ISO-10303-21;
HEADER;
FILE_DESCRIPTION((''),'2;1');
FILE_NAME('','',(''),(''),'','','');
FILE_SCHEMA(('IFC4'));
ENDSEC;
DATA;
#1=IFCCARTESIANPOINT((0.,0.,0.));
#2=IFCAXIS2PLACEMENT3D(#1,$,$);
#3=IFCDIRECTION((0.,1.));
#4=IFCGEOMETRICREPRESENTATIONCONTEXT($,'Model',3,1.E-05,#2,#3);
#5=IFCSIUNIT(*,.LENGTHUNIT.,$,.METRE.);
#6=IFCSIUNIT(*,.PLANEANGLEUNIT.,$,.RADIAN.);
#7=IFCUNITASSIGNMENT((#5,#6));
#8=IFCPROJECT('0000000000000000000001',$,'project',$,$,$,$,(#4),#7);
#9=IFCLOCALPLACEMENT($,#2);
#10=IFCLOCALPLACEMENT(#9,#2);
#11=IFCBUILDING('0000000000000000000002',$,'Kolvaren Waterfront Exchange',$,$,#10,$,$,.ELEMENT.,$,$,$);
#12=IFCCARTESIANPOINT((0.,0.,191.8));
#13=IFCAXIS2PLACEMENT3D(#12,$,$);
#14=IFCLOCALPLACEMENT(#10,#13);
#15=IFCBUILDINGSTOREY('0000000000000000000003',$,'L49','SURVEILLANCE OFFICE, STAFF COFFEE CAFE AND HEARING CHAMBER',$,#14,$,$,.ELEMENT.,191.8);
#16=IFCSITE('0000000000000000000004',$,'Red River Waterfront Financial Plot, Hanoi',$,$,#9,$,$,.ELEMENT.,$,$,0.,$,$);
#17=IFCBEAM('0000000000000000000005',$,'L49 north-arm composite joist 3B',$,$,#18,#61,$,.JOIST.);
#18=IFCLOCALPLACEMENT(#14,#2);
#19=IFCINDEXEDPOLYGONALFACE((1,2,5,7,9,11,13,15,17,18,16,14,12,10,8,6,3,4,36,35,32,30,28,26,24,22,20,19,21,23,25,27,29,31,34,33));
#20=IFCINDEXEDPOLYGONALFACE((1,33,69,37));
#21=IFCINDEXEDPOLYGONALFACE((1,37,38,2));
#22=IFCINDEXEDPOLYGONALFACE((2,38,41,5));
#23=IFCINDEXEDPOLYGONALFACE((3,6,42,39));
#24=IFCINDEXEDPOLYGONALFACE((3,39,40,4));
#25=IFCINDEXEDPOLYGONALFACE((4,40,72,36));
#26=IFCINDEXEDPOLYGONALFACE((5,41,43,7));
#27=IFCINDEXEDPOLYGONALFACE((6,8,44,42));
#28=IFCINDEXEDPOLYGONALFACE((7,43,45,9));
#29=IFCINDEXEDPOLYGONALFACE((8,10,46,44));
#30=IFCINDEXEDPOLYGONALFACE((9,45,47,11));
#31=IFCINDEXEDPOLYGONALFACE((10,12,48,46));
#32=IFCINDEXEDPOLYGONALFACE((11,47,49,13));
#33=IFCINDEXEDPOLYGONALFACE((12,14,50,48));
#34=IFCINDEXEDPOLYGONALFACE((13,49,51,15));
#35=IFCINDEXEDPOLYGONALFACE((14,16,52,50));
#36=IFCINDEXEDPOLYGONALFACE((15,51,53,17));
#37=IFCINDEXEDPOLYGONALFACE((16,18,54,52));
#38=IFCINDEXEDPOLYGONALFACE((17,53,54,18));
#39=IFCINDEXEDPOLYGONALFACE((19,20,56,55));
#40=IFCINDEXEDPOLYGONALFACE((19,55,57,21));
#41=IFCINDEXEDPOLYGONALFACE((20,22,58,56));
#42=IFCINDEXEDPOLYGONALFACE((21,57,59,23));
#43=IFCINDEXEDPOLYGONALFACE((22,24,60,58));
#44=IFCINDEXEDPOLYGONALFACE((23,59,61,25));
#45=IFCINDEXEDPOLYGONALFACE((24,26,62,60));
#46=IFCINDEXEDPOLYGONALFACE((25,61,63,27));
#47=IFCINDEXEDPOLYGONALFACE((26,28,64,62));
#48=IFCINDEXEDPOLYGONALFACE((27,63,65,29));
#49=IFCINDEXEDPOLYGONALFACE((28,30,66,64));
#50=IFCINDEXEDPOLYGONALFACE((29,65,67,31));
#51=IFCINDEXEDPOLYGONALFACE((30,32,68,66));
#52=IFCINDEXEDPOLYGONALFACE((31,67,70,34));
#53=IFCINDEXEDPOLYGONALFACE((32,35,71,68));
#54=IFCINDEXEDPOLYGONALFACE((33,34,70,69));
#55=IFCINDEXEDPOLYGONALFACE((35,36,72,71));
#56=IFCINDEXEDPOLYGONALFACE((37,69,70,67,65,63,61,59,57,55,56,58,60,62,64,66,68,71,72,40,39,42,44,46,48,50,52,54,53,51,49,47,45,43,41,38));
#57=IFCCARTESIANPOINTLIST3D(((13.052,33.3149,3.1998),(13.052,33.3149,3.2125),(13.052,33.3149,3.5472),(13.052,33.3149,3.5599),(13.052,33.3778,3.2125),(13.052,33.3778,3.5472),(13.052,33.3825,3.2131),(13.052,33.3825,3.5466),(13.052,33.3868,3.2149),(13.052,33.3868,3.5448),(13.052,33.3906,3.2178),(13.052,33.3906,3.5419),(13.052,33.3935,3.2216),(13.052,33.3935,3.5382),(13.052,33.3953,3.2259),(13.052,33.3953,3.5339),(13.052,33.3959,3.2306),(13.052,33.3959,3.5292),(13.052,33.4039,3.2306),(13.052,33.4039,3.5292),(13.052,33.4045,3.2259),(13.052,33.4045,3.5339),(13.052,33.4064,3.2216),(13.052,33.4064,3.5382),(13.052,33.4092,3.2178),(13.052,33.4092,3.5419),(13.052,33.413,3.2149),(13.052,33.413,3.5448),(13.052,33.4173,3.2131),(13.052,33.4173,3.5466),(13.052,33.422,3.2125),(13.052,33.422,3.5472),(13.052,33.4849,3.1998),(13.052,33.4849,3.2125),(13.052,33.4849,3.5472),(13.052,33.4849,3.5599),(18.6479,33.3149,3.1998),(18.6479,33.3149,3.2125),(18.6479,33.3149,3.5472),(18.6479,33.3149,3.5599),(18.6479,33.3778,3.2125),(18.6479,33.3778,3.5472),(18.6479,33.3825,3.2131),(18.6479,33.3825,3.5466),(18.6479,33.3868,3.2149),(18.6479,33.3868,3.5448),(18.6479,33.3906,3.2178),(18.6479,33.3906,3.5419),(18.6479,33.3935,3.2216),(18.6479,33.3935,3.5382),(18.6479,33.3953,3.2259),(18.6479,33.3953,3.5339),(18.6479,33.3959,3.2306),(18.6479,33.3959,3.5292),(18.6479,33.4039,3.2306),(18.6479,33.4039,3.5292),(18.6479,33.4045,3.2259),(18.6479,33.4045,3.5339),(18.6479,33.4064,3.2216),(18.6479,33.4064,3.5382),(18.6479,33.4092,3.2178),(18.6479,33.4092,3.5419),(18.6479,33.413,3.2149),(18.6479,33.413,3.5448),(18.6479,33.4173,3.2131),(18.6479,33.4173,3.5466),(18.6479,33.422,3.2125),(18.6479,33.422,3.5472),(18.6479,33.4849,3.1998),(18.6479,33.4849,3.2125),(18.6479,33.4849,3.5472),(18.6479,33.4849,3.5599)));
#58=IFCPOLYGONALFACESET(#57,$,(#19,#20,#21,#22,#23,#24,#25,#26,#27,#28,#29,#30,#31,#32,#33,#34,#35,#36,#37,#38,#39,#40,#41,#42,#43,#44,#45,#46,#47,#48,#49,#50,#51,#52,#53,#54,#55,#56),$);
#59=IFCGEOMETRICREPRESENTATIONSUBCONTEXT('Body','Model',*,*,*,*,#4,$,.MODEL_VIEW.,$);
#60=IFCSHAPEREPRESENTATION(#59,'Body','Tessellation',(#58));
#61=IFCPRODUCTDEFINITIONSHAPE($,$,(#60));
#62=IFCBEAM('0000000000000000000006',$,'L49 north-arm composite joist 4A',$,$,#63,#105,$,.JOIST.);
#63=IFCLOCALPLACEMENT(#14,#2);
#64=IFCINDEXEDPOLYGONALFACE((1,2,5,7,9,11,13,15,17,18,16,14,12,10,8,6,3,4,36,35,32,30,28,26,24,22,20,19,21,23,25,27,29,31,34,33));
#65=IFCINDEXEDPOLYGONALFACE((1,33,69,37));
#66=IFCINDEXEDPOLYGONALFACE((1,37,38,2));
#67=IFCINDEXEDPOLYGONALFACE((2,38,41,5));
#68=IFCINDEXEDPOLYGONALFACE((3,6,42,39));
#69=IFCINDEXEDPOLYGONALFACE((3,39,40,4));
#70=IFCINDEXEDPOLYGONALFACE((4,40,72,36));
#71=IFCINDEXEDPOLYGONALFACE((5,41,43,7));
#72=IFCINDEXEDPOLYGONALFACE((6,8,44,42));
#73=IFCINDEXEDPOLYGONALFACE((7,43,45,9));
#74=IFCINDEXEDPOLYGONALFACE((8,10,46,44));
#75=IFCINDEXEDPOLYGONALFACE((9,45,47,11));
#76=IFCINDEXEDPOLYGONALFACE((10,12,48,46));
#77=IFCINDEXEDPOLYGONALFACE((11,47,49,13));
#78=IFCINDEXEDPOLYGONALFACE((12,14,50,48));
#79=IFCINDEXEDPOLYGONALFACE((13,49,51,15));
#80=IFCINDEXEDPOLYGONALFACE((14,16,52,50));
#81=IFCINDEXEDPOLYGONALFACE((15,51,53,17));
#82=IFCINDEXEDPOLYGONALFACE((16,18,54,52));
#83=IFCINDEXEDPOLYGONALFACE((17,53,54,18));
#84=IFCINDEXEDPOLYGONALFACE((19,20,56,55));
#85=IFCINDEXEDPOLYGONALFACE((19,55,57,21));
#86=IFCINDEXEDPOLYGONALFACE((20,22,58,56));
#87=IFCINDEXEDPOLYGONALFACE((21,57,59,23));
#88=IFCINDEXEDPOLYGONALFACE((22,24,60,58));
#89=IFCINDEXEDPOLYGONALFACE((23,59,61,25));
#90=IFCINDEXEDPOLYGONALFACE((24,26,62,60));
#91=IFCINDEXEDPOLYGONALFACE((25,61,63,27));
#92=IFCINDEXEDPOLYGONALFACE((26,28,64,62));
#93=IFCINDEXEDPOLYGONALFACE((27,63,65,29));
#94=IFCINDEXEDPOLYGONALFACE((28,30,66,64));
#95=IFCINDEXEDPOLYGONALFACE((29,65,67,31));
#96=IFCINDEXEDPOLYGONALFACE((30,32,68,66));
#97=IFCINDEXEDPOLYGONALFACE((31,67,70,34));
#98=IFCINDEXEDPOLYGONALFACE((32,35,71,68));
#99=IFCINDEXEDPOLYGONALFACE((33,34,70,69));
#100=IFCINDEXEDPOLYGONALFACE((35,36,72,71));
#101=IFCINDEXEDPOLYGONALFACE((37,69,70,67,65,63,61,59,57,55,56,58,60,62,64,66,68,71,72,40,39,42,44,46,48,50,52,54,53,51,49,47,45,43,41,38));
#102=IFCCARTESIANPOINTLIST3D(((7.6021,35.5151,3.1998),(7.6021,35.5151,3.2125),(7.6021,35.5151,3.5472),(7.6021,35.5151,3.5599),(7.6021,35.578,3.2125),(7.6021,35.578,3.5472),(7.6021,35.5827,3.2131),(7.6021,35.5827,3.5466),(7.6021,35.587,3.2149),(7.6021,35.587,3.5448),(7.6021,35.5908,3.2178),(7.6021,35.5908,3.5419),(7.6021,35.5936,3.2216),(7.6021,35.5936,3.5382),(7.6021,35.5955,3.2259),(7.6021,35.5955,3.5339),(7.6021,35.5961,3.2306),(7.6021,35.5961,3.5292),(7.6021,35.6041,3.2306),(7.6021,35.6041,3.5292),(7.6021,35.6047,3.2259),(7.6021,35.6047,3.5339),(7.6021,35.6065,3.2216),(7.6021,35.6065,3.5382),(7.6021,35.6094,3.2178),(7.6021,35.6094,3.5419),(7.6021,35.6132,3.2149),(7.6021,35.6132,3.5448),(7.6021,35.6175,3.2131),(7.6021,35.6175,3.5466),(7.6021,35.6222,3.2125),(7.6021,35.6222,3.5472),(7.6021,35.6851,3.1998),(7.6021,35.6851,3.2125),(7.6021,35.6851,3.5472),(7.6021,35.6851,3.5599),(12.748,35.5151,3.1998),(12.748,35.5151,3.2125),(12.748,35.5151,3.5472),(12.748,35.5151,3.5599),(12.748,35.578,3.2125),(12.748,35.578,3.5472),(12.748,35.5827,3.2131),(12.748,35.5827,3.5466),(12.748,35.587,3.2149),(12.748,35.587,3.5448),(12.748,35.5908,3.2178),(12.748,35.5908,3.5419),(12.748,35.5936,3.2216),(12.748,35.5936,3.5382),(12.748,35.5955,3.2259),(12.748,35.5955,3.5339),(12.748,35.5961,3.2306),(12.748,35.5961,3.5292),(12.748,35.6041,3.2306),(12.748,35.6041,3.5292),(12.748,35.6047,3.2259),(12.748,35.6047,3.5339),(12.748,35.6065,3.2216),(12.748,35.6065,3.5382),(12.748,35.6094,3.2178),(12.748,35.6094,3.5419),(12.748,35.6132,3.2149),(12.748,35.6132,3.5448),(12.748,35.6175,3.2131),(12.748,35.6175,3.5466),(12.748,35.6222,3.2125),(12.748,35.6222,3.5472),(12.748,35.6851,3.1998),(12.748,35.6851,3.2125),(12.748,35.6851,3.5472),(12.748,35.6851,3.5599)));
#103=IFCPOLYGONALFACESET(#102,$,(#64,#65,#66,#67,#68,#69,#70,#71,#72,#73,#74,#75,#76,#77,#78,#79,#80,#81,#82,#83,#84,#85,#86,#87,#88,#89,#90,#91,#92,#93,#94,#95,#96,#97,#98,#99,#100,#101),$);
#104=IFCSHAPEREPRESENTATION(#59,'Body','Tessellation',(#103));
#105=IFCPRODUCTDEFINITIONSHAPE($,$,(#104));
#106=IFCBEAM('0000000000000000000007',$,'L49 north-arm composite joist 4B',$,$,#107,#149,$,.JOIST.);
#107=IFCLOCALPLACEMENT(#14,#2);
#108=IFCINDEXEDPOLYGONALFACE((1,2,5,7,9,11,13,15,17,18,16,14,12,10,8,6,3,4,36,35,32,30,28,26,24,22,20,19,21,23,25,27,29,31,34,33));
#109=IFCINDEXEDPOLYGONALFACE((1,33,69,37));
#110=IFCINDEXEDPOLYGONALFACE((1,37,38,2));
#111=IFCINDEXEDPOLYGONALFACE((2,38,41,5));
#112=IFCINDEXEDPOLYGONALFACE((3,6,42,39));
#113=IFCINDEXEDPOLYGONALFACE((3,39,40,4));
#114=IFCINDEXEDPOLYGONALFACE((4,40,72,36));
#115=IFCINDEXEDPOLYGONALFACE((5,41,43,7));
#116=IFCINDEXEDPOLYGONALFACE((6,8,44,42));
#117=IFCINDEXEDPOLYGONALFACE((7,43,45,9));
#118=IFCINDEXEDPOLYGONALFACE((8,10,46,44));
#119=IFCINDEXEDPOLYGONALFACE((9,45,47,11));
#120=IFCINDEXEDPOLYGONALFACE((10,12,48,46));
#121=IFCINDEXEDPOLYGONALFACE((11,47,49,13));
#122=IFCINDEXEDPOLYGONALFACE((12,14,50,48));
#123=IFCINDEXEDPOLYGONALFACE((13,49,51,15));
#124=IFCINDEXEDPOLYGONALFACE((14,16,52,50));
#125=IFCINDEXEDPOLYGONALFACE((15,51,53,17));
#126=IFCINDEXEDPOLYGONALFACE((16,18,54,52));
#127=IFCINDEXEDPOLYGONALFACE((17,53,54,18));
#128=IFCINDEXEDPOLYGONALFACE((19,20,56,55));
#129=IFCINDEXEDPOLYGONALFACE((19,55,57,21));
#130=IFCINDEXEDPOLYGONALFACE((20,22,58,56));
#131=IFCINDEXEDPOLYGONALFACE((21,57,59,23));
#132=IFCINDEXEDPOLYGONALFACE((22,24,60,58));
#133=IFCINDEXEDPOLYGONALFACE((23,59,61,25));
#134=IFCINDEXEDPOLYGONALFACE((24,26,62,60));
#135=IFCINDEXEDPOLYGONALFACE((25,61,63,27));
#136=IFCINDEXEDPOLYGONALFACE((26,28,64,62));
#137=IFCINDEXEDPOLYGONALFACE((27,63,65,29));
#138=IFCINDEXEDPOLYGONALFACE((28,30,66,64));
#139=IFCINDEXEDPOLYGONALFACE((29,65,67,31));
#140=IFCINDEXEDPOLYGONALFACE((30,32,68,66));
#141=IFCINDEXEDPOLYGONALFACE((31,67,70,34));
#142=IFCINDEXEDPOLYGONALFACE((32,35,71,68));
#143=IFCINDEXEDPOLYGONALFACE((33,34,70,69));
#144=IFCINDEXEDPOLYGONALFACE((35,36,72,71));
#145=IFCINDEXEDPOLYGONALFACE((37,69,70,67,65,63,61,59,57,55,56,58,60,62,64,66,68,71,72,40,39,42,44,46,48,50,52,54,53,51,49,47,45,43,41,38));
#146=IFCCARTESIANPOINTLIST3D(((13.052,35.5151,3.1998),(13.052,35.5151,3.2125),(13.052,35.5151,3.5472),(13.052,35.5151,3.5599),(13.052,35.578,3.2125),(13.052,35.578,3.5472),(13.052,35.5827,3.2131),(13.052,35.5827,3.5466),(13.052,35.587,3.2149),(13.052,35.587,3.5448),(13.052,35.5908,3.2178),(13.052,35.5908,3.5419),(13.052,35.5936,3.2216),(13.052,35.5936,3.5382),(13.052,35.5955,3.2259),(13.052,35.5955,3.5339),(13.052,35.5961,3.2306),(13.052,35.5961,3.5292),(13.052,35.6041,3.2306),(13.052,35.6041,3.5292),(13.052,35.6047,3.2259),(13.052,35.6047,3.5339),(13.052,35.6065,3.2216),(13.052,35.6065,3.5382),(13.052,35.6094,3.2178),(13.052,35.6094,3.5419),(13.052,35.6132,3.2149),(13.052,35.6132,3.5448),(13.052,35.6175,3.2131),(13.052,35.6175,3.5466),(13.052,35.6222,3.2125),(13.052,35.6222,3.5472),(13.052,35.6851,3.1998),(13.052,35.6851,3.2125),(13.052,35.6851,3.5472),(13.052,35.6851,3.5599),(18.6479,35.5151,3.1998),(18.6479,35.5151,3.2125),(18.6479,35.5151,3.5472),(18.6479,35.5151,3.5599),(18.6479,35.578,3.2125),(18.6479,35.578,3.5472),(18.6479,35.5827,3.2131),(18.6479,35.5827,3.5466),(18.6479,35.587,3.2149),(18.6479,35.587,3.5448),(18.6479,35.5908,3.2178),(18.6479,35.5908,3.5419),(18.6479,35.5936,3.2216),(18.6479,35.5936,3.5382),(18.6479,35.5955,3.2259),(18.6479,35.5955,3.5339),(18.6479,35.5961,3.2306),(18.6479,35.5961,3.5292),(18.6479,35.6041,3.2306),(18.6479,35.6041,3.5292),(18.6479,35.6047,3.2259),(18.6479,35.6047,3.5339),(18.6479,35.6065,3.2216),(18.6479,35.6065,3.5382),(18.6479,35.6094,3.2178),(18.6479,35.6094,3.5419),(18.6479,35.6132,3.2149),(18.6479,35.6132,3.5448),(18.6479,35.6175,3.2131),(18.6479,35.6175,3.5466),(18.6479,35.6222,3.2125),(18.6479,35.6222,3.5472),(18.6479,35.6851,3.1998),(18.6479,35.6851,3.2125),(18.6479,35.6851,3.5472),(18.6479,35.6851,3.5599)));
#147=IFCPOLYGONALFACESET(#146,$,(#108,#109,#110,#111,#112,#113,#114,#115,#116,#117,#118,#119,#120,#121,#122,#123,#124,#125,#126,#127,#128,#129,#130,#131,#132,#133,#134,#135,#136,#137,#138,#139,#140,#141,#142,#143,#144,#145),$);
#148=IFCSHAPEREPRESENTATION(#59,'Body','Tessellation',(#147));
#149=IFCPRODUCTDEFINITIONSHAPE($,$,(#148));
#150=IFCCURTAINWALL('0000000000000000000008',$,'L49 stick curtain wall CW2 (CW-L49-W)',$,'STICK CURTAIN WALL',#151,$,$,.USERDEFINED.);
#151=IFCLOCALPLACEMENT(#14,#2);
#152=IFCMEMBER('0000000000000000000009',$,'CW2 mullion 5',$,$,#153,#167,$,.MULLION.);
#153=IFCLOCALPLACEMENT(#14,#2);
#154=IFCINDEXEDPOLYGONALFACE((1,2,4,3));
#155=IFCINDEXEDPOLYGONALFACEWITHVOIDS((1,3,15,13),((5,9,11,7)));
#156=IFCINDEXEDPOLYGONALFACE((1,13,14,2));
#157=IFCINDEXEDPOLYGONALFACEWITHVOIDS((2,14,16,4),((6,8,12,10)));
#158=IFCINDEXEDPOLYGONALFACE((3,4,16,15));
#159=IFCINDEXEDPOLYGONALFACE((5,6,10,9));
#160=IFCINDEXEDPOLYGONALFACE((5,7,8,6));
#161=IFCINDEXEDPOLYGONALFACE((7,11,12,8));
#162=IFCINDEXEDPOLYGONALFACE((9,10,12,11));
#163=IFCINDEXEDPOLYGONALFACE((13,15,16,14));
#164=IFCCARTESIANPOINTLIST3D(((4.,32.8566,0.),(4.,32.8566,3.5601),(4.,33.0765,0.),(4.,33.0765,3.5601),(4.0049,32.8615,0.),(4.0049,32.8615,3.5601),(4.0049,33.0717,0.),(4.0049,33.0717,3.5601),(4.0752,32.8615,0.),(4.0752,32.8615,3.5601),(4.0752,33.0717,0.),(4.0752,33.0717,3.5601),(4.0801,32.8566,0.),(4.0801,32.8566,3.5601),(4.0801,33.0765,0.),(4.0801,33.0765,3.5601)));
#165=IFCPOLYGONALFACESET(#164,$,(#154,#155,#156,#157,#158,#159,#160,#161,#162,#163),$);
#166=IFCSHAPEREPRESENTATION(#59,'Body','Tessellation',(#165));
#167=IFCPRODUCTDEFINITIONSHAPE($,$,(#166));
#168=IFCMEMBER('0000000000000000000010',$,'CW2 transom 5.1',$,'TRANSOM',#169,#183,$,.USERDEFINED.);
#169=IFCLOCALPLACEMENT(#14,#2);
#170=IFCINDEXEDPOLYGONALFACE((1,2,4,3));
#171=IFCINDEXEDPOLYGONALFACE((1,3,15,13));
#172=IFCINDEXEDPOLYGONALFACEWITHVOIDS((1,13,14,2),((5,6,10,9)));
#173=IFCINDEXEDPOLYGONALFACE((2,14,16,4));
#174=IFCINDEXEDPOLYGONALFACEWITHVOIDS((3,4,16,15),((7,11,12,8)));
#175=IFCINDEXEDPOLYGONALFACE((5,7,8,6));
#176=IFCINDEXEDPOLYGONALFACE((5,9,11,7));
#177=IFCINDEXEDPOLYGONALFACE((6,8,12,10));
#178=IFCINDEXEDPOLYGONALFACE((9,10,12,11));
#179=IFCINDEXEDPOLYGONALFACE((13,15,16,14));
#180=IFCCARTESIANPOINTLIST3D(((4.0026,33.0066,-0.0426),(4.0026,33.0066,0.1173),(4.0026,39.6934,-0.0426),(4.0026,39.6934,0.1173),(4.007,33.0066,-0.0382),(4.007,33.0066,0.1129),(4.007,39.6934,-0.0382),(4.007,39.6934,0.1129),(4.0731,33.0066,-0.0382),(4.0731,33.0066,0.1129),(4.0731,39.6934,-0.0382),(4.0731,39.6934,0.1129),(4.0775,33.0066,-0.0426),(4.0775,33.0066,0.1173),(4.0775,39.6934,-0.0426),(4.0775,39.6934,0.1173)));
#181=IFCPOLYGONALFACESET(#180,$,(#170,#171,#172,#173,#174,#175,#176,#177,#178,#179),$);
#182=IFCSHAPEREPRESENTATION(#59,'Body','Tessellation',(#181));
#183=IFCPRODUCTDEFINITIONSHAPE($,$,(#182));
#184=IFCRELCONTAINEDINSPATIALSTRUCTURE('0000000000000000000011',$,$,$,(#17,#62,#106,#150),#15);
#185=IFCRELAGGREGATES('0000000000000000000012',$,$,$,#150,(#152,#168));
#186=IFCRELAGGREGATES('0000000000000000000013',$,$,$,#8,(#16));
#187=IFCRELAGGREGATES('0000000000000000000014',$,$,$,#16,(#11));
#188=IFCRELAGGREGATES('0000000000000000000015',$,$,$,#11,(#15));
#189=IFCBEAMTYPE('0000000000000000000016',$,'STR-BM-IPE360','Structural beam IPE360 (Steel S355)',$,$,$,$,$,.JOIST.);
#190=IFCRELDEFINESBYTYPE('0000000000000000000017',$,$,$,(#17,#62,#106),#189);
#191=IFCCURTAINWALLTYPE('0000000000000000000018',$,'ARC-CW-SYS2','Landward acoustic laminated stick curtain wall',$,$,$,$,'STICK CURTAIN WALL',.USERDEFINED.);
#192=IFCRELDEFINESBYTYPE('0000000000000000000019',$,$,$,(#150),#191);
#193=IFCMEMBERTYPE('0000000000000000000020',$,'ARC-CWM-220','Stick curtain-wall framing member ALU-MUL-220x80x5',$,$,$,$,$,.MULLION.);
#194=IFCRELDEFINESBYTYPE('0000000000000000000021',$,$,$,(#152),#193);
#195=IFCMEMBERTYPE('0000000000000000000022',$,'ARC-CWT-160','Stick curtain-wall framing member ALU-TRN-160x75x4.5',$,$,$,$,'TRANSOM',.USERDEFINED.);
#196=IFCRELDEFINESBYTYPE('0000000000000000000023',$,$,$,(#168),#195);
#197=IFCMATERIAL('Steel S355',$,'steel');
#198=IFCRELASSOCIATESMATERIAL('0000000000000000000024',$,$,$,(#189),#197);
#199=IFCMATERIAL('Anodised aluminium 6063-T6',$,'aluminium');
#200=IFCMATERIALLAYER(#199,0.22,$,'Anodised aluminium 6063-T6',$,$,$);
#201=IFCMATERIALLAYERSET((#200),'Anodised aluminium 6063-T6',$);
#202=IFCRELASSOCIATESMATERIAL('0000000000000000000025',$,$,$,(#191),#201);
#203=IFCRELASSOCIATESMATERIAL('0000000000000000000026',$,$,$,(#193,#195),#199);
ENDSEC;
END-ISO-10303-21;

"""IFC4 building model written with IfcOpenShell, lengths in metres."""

from ifc_helpers import new_model, si_unit, direction, frame, origin, origin_with_axes, origin_2d, place, context, subcontext, project, spatial, hollow_rectangle, i_section, extrude, source, transform, mapped, material, layer, layer_set, material_profile, profile_set, type_object, element, aggregate, save


model = new_model("IFC4")

# Units and contexts
model_context = context("Model", 3, precision=1e-05, world=origin(), true_north=direction((0.0, 1.0)))
body_context = subcontext(model_context, "Body", "Model", "MODEL_VIEW")
ifc_project = project(units=[si_unit("LENGTHUNIT", "METRE"), si_unit("PLANEANGLEUNIT", "RADIAN")], contexts=[model_context])

# Site, building, storey
site_placement = place(None, origin())
site = spatial("IfcSite", under=ifc_project, at=site_placement, Name="Red River Waterfront Financial Plot, Hanoi", CompositionType="ELEMENT", RefElevation=0.0)
building_placement = place(site_placement, origin())
building = spatial("IfcBuilding", under=site, at=building_placement, Name="Kolvaren Waterfront Exchange", CompositionType="ELEMENT")
storey_placement = place(building_placement, frame((0.0, 0.0, 191.8)))
storey = spatial("IfcBuildingStorey", under=building, at=storey_placement, Name="L49", Description="SURVEILLANCE OFFICE, STAFF COFFEE CAFE AND HEARING CHAMBER", CompositionType="ELEMENT", Elevation=191.8)

# Beams
ifc_material_1 = material(Name="Steel S355", Category="steel")
ifc_material_profile_1 = material_profile(ifc_material_1, i_section(OverallWidth=0.1699, OverallDepth=0.3601, WebThickness=0.0081, FlangeThickness=0.0127, FilletRadius=0.0181, at=origin_2d()), Name="IPE360")
ifc_profile_set_1 = profile_set([ifc_material_profile_1], Name="Steel S355")
beam_type_1 = type_object("IfcBeamType", Name="STR-BM-IPE360", Description="Structural beam IPE360 (Steel S355)", PredefinedType="JOIST", material=ifc_profile_set_1)
beam_1_placement = place(storey_placement, frame((13.052, 33.3999, 3.3799), z_axis=(1.0, 0.0, 0.0), x_axis=(0.0, 1.0, 0.0)))
element("IfcBeam", 1, at=beam_1_placement, inside=storey, type_object=beam_type_1, Name="L49 north-arm composite joist 3B", PredefinedType="JOIST", context=body_context, shape_type="SweptSolid", body=[
    extrude(i_section(OverallWidth=0.1699, OverallDepth=0.3601, WebThickness=0.0081, FlangeThickness=0.0127, FilletRadius=0.0181, at=origin_2d()), origin(), (0.0, 0.0, 1.0), 5.5959),
])
beam_2_placement = place(storey_placement, frame((7.6021, 35.6001, 3.3799), z_axis=(1.0, 0.0, 0.0), x_axis=(0.0, 1.0, 0.0)))
element("IfcBeam", 2, at=beam_2_placement, inside=storey, type_object=beam_type_1, Name="L49 north-arm composite joist 4A", PredefinedType="JOIST", context=body_context, shape_type="SweptSolid", body=[
    extrude(i_section(OverallWidth=0.1699, OverallDepth=0.3601, WebThickness=0.0081, FlangeThickness=0.0127, FilletRadius=0.0181, at=origin_2d()), origin(), (0.0, 0.0, 1.0), 5.146),
])
beam_3_placement = place(storey_placement, frame((13.052, 35.6001, 3.3799), z_axis=(1.0, 0.0, 0.0), x_axis=(0.0, 1.0, 0.0)))
element("IfcBeam", 3, at=beam_3_placement, inside=storey, type_object=beam_type_1, Name="L49 north-arm composite joist 4B", PredefinedType="JOIST", context=body_context, shape_type="SweptSolid", body=[
    extrude(i_section(OverallWidth=0.1699, OverallDepth=0.3601, WebThickness=0.0081, FlangeThickness=0.0127, FilletRadius=0.0181, at=origin_2d()), origin(), (0.0, 0.0, 1.0), 5.5959),
])

# Curtain wall, members
ifc_material_2 = material(Name="Anodised aluminium 6063-T6", Category="aluminium")
ifc_layer_1 = layer(ifc_material_2, 0.22, Name="Anodised aluminium 6063-T6")
ifc_layer_set_1 = layer_set([ifc_layer_1], Name="Anodised aluminium 6063-T6")
curtain_wall_type = type_object("IfcCurtainWallType", Name="ARC-CW-SYS2", Description="Landward acoustic laminated stick curtain wall", ElementType="STICK CURTAIN WALL", PredefinedType="USERDEFINED", material=ifc_layer_set_1)
curtain_wall_placement = place(storey_placement, origin())
curtain_wall = element("IfcCurtainWall", 4, at=curtain_wall_placement, inside=storey, type_object=curtain_wall_type, Name="L49 stick curtain wall CW2 (CW-L49-W)", ObjectType="STICK CURTAIN WALL", PredefinedType="USERDEFINED")
ifc_material_profile_2 = material_profile(ifc_material_2, hollow_rectangle(XDim=0.0801, YDim=0.22, WallThickness=0.0049, at=origin_2d()), Name="ALU-MUL-220x80x5")
ifc_profile_set_2 = profile_set([ifc_material_profile_2], Name="Anodised aluminium 6063-T6")
member_type_1 = type_object("IfcMemberType", Name="ARC-CWM-220", Description="Stick curtain-wall framing member ALU-MUL-220x80x5", PredefinedType="MULLION", material=ifc_profile_set_2)
shared_shape_1 = source(origin_with_axes(), body_context, "Body", "SweptSolid", [
    extrude(hollow_rectangle(XDim=0.0801, YDim=0.22, WallThickness=0.0049, at=origin_2d()), origin(), (0.0, 0.0, 1.0), 3.5601),
])
member_1_placement = place(storey_placement, frame((4.04, 32.9666, 0.0), z_axis=(0.0, 0.0, 1.0), x_axis=(-1.0, 0.0, 0.0)))
member_1 = element("IfcMember", 5, at=member_1_placement, type_object=member_type_1, Name="CW2 mullion 5", PredefinedType="MULLION", context=body_context, shape_type="MappedRepresentation", body=[
    mapped(shared_shape_1, transform((0.0, 0.0, 0.0), x_axis=(1.0, 0.0, 0.0), y_axis=(0.0, 1.0, 0.0), z_axis=(0.0, 0.0, 1.0), scale=1.0)),
])
ifc_material_profile_3 = material_profile(ifc_material_2, hollow_rectangle(XDim=0.075, YDim=0.1599, WallThickness=0.0044, at=origin_2d()), Name="ALU-TRN-160x75x4.5")
ifc_profile_set_3 = profile_set([ifc_material_profile_3], Name="Anodised aluminium 6063-T6")
member_type_2 = type_object("IfcMemberType", Name="ARC-CWT-160", Description="Stick curtain-wall framing member ALU-TRN-160x75x4.5", ElementType="TRANSOM", PredefinedType="USERDEFINED", material=ifc_profile_set_3)
shared_shape_2 = source(origin_with_axes(), body_context, "Body", "SweptSolid", [
    extrude(hollow_rectangle(XDim=0.075, YDim=0.1599, WallThickness=0.0044, at=origin_2d()), origin(), (0.0, 0.0, 1.0), 6.6868),
])
member_2_placement = place(storey_placement, frame((4.04, 33.0066, 0.0374), z_axis=(0.0, 1.0, 0.0), x_axis=(-1.0, 0.0, 0.0)))
member_2 = element("IfcMember", 6, at=member_2_placement, type_object=member_type_2, Name="CW2 transom 5.1", ObjectType="TRANSOM", PredefinedType="USERDEFINED", context=body_context, shape_type="MappedRepresentation", body=[
    mapped(shared_shape_2, transform((0.0, 0.0, 0.0), x_axis=(1.0, 0.0, 0.0), y_axis=(0.0, 1.0, 0.0), z_axis=(0.0, 0.0, 1.0), scale=1.0)),
])
aggregate(curtain_wall, [member_1, member_2])

save(model, "model.ifc")
